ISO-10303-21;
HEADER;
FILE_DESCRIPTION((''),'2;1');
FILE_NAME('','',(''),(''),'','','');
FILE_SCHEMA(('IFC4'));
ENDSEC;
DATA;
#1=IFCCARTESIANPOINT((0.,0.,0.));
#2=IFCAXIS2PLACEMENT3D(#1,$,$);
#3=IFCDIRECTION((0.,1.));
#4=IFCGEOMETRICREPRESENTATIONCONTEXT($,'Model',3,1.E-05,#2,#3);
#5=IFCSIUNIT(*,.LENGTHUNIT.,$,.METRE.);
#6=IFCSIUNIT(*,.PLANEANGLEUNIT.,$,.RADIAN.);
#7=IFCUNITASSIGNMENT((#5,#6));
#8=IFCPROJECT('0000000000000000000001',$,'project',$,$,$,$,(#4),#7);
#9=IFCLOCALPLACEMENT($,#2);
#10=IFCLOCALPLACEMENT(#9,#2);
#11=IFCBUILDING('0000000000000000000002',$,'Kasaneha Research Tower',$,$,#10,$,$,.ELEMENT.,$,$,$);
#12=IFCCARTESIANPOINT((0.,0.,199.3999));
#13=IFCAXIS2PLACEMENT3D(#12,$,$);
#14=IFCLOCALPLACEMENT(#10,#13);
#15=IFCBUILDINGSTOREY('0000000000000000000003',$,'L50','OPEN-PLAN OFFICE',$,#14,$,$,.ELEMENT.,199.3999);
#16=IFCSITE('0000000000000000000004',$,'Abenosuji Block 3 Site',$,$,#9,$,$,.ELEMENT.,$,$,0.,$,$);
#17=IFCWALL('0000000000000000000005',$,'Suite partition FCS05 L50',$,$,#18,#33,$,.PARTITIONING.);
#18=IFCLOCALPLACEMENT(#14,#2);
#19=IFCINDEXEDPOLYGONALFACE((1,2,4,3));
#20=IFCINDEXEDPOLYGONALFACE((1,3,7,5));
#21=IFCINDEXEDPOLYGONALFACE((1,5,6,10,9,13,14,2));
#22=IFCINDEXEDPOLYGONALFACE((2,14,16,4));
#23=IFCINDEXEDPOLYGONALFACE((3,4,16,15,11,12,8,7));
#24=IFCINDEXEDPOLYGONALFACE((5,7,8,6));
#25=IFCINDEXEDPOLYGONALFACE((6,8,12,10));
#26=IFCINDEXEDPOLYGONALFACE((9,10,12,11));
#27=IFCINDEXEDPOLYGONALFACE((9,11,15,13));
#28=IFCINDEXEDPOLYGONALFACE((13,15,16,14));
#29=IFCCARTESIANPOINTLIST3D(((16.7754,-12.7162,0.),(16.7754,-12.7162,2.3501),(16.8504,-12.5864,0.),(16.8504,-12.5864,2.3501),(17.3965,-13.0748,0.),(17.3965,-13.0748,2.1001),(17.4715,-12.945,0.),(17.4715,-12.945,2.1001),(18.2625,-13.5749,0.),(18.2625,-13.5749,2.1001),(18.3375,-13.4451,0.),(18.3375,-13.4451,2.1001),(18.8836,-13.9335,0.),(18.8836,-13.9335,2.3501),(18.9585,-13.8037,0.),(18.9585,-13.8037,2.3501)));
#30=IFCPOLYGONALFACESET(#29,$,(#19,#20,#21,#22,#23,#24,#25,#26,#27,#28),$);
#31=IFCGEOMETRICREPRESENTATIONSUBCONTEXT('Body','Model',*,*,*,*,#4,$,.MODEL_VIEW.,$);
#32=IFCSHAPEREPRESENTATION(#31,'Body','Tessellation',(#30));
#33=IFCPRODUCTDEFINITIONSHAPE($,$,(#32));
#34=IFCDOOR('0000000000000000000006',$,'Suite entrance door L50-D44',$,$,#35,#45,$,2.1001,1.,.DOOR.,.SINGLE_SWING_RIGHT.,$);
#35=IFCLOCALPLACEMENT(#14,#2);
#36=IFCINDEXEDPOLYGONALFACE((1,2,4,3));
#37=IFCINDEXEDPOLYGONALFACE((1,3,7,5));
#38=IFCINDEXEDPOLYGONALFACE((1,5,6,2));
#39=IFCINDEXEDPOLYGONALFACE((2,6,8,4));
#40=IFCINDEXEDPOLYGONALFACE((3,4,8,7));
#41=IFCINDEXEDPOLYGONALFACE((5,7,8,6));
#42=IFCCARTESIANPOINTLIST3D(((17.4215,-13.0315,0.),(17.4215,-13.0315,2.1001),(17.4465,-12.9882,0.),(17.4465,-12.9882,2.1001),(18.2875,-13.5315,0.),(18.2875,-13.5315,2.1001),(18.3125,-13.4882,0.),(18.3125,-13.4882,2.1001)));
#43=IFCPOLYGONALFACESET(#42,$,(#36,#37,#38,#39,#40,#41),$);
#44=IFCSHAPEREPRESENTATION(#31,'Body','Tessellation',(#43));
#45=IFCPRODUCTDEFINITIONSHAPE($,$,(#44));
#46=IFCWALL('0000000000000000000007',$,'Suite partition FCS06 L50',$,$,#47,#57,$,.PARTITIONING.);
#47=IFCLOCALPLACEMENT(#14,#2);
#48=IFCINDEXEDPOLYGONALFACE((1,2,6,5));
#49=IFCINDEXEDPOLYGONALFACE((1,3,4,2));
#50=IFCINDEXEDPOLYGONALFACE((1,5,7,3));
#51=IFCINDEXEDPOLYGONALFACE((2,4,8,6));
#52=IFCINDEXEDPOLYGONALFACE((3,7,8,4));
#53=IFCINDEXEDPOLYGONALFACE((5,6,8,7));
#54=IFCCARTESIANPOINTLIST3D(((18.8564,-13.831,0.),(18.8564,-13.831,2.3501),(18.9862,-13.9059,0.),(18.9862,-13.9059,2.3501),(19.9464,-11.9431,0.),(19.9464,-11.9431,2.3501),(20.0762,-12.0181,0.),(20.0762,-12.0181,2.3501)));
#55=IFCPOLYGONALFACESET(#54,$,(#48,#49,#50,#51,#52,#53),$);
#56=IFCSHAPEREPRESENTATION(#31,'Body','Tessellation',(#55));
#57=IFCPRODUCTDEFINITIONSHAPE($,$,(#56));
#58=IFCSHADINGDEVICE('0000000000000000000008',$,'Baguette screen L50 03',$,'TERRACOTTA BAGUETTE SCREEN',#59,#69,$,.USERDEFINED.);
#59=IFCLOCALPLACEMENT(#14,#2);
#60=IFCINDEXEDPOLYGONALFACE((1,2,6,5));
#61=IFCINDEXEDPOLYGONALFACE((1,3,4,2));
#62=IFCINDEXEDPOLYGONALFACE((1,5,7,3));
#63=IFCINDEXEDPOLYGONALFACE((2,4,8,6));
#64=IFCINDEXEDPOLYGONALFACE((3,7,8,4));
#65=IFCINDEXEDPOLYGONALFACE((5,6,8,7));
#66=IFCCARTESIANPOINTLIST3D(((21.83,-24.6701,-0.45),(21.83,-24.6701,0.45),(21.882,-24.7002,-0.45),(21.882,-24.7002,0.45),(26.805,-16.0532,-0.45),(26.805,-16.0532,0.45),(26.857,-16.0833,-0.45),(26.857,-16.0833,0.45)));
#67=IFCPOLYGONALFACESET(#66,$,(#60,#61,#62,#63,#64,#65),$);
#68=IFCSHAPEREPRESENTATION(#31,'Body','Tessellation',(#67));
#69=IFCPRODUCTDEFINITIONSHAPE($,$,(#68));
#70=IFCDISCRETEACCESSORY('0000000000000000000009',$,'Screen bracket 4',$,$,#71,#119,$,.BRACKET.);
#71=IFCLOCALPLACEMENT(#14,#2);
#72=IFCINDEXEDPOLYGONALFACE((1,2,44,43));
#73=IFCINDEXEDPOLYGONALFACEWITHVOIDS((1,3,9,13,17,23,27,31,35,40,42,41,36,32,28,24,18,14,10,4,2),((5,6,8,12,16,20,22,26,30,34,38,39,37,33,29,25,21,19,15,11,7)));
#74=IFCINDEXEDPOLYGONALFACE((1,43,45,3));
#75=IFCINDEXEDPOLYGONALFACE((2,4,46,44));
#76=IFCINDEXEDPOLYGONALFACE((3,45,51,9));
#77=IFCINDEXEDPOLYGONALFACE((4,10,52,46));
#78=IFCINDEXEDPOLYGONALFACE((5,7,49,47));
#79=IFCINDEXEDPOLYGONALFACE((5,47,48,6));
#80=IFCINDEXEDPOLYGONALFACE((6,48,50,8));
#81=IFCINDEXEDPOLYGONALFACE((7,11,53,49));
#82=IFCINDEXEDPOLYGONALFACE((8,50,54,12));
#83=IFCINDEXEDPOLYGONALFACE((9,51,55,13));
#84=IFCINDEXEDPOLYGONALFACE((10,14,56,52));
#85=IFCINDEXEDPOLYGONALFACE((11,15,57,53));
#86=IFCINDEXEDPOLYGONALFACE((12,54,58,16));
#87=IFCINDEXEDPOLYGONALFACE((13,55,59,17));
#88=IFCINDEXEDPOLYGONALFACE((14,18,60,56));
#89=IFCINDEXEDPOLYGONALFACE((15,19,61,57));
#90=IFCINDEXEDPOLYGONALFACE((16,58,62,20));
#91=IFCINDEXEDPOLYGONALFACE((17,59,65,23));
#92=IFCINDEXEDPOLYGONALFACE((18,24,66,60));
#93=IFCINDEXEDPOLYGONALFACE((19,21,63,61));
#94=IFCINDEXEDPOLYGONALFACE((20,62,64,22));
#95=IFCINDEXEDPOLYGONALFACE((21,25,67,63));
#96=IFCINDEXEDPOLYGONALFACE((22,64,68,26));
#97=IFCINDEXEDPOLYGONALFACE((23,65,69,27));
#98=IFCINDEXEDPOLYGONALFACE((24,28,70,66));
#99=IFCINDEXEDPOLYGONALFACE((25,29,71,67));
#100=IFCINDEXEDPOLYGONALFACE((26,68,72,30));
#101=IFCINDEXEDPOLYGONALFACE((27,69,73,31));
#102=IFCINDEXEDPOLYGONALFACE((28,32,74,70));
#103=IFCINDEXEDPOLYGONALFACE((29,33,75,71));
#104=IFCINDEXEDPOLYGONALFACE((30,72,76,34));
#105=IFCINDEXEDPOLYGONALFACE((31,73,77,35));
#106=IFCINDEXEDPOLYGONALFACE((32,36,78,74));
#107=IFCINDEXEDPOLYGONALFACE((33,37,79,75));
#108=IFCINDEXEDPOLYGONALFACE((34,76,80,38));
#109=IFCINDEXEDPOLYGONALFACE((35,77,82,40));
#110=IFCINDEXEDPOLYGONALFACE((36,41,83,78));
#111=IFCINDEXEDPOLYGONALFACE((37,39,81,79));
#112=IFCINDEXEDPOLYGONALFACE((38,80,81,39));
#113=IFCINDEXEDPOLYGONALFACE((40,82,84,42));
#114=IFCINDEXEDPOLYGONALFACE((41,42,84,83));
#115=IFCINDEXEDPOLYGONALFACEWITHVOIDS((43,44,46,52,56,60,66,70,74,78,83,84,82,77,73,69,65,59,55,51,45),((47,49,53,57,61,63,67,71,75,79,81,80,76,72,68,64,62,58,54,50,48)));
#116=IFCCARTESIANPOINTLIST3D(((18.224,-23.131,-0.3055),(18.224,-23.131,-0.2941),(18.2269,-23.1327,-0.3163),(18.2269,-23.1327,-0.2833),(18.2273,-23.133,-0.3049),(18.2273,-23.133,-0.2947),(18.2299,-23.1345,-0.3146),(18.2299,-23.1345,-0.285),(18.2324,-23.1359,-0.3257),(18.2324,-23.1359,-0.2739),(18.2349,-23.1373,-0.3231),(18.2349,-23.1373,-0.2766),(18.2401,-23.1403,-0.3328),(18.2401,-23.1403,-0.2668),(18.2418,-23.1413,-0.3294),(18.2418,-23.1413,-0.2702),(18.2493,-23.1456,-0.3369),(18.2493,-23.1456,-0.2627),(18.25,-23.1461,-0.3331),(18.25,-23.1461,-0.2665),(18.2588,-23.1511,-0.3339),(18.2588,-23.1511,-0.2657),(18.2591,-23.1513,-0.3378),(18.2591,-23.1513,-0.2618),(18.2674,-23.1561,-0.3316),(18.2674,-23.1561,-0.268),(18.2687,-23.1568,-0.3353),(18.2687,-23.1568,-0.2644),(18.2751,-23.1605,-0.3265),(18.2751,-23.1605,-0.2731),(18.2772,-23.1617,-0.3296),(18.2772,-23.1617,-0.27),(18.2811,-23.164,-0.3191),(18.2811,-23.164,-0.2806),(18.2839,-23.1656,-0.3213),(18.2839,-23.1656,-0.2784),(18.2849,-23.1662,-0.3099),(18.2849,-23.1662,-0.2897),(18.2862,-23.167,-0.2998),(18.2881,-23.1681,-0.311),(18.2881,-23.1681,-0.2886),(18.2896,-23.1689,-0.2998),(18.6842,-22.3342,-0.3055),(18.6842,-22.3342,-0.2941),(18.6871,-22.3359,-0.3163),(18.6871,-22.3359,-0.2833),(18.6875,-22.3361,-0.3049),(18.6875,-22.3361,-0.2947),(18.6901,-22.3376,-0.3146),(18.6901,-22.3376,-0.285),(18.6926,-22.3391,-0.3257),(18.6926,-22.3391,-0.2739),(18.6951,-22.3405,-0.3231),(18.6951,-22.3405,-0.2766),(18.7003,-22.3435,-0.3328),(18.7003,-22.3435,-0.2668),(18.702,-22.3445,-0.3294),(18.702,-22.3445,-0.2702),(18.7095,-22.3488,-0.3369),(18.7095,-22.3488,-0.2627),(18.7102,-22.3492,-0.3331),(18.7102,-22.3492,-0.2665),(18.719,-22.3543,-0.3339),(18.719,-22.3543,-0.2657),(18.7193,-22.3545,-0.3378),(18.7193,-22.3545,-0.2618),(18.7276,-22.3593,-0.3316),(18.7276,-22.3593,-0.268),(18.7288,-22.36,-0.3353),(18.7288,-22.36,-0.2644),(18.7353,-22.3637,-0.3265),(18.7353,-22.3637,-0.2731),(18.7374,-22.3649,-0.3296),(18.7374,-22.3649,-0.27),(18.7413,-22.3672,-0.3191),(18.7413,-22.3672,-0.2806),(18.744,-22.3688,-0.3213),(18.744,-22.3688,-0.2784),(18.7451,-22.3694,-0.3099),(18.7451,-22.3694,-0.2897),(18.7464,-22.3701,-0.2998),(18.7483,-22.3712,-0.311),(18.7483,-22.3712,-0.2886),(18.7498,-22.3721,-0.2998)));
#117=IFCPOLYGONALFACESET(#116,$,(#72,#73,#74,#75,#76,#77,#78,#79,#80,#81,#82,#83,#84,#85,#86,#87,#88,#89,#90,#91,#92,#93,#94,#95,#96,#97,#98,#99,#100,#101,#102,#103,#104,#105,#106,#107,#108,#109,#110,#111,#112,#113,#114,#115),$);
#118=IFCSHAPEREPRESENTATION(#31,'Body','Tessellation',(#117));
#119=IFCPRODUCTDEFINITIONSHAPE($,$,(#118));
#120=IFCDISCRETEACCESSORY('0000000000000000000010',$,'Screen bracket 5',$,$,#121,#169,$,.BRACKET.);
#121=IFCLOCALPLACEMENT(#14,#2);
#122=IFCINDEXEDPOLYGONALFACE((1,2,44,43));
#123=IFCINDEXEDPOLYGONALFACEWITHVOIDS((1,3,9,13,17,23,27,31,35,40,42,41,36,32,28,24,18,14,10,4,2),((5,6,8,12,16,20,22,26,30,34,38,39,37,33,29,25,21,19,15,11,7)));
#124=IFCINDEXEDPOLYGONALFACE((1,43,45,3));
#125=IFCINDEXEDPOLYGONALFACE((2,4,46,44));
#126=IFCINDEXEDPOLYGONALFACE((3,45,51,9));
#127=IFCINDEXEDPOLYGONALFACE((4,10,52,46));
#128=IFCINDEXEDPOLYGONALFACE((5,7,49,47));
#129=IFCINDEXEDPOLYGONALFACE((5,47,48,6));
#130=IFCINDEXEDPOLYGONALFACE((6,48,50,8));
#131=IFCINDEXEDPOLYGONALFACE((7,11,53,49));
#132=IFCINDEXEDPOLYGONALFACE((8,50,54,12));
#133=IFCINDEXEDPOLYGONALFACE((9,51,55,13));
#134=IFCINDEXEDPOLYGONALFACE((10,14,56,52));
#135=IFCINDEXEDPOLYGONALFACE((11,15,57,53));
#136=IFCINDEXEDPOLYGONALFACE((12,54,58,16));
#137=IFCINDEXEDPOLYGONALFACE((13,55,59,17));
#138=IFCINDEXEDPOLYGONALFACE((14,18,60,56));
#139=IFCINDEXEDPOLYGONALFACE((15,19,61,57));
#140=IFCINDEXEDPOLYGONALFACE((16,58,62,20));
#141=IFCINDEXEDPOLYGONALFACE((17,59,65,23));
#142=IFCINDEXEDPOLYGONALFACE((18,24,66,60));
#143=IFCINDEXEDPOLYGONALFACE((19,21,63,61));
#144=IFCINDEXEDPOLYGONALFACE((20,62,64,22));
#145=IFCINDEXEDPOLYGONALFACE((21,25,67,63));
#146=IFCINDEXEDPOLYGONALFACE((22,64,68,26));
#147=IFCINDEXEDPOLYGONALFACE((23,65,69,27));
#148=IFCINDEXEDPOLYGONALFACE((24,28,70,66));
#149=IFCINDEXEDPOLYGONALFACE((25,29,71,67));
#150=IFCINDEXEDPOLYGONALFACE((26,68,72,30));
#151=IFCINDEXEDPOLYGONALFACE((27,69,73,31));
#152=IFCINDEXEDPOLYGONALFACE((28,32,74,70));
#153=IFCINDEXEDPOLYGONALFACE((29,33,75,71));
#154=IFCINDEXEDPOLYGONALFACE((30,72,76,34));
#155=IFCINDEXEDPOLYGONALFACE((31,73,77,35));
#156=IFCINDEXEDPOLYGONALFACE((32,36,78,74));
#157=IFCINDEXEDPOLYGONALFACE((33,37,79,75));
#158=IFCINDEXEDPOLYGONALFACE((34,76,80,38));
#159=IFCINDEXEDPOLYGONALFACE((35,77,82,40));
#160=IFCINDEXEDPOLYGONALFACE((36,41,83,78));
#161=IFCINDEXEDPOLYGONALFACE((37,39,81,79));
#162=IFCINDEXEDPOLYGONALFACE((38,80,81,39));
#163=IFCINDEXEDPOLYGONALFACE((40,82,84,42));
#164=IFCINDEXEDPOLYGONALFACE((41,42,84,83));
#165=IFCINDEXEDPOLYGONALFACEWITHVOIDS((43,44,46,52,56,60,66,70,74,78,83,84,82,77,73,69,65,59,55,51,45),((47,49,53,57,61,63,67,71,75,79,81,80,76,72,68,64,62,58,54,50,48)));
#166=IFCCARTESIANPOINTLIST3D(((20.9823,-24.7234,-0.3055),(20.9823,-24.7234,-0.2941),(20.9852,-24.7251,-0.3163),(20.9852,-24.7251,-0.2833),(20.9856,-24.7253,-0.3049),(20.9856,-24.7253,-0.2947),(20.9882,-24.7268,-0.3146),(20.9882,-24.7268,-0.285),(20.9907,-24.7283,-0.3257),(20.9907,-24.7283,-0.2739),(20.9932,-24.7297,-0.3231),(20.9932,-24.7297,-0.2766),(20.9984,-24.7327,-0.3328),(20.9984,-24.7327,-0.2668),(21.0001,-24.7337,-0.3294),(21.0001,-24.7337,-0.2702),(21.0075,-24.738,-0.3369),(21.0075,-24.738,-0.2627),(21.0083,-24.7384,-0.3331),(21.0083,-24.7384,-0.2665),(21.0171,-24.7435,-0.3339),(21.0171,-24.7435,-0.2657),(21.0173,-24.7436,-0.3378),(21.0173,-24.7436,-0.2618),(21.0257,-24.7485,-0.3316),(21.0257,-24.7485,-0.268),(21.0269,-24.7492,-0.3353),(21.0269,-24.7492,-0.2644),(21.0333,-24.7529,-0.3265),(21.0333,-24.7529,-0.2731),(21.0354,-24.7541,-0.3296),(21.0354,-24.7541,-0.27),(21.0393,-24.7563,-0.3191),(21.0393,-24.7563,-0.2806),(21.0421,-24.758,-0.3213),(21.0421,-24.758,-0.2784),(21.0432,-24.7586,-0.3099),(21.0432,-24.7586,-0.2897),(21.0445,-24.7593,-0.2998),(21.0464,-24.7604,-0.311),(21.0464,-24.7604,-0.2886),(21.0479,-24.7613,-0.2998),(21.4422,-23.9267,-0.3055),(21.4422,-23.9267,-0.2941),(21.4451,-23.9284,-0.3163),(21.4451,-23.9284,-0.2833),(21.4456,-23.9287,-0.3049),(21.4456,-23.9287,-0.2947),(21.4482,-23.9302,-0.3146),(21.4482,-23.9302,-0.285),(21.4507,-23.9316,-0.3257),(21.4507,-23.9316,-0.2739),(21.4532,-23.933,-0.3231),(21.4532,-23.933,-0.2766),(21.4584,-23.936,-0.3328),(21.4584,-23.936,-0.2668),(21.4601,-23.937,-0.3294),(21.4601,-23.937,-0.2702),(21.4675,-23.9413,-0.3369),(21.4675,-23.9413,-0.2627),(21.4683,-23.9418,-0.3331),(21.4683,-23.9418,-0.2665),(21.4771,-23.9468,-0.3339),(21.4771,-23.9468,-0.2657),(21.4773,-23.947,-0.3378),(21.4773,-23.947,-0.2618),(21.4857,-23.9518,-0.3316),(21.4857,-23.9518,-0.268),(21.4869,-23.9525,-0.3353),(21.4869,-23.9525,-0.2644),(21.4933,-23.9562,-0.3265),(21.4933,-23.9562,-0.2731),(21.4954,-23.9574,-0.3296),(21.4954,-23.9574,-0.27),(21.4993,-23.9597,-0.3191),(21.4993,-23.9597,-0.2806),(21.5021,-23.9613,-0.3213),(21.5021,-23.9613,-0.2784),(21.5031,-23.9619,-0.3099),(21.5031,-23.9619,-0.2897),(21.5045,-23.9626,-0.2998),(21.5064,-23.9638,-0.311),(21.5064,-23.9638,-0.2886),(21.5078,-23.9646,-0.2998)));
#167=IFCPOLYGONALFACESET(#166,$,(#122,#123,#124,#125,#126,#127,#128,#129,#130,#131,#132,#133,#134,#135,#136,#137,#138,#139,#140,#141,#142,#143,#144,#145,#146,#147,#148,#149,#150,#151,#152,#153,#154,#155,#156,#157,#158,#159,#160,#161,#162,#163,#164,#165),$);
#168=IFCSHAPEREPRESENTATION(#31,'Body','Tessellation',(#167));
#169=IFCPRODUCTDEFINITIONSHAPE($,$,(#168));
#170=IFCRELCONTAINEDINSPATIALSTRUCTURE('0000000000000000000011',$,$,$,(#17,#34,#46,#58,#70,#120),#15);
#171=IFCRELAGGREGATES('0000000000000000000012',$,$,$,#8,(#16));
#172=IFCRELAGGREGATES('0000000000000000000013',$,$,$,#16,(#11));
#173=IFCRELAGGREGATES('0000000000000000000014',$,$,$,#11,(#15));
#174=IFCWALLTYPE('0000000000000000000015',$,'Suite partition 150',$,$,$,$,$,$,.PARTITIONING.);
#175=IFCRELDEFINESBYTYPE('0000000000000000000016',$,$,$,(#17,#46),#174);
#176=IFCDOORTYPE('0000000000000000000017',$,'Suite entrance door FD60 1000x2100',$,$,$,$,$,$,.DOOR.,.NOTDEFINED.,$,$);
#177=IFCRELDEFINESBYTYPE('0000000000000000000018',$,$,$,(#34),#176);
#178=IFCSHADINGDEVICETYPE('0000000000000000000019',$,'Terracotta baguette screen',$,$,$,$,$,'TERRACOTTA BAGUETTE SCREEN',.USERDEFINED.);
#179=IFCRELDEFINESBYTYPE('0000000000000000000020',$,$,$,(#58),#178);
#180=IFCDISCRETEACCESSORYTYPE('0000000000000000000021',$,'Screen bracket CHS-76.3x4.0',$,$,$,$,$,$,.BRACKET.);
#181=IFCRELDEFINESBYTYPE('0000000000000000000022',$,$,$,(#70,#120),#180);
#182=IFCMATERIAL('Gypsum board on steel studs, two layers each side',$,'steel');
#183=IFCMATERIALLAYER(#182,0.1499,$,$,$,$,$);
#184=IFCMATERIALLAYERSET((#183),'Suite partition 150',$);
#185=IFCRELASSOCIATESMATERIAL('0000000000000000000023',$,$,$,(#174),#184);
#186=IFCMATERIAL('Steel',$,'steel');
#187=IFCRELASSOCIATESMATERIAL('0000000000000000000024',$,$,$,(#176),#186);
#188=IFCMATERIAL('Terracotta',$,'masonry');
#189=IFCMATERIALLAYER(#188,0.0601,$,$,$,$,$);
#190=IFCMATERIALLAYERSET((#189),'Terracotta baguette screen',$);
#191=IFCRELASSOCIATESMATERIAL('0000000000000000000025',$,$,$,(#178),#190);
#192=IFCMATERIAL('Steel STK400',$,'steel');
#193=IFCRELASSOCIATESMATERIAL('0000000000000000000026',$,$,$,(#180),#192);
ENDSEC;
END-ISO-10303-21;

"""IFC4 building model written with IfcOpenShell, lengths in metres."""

from ifc_helpers import new_model, si_unit, direction, frame, frame_2d, origin, origin_2d, place, context, subcontext, project, spatial, rectangle, hollow_circle, extrude, material, layer, layer_set, material_profile, profile_set, type_object, element, fill, save


model = new_model("IFC4")

# Units and contexts
model_context = context("Model", 3, precision=1e-05, world=origin(), true_north=direction((0.0, 1.0)))
body_context = subcontext(model_context, "Body", "Model", "MODEL_VIEW")
ifc_project = project(units=[si_unit("LENGTHUNIT", "METRE"), si_unit("PLANEANGLEUNIT", "RADIAN")], contexts=[model_context])

# Site, building, storey
site_placement = place(None, origin())
site = spatial("IfcSite", under=ifc_project, at=site_placement, Name="Abenosuji Block 3 Site", CompositionType="ELEMENT", RefElevation=0.0)
building_placement = place(site_placement, origin())
building = spatial("IfcBuilding", under=site, at=building_placement, Name="Kasaneha Research Tower", CompositionType="ELEMENT")
storey_placement = place(building_placement, frame((0.0, 0.0, 199.3999)))
storey = spatial("IfcBuildingStorey", under=building, at=storey_placement, Name="L50", Description="OPEN-PLAN OFFICE", CompositionType="ELEMENT", Elevation=199.3999)

# Wall, opening, door
ifc_material_1 = material(Name="Gypsum board on steel studs, two layers each side", Category="steel")
ifc_layer_1 = layer(ifc_material_1, 0.1499)
ifc_layer_set_1 = layer_set([ifc_layer_1], Name="Suite partition 150")
wall_type_1 = type_object("IfcWallType", Name="Suite partition 150", PredefinedType="PARTITIONING", material=ifc_layer_set_1)
wall_1_placement = place(storey_placement, frame((18.9211, -13.8687, 0.0), z_axis=(0.0, 0.0, 1.0), x_axis=(-0.866, 0.500044, 0.0)))
wall_1 = element("IfcWall", 1, at=wall_1_placement, inside=storey, type_object=wall_type_1, Name="Suite partition FCS05 L50", PredefinedType="PARTITIONING", context=body_context, shape_type="SweptSolid", body=[
    extrude(rectangle(XDim=2.4343, YDim=0.1499, at=frame_2d((1.2173, 0.0))), origin(), (0.0, 0.0, 1.0), 2.3501),
])
opening_1_placement = place(wall_1_placement, frame((0.7173, 0.0, 0.0)))
opening_1 = element("IfcOpeningElement", 2, at=opening_1_placement, cuts=wall_1, PredefinedType="OPENING", context=body_context, shape_type="SweptSolid", body=[
    extrude(rectangle(XDim=1.0, YDim=2.1001, at=frame_2d((0.5, 1.05))), frame((0.0, 0.085, 0.0), z_axis=(0.0, -1.0, 0.0), x_axis=(1.0, 0.0, 0.0)), (0.0, 0.0, 1.0), 0.1699),
])
ifc_material_2 = material(Name="Steel", Category="steel")
door_type_1 = type_object("IfcDoorType", Name="Suite entrance door FD60 1000x2100", OperationType="NOTDEFINED", PredefinedType="DOOR", material=ifc_material_2)
door_1_placement = place(opening_1_placement, origin())
door_1 = element("IfcDoor", 3, at=door_1_placement, inside=storey, type_object=door_type_1, Name="Suite entrance door L50-D44", OperationType="SINGLE_SWING_RIGHT", OverallHeight=2.1001, OverallWidth=1.0, PredefinedType="DOOR", context=body_context, shape_type="SweptSolid", body=[
    extrude(rectangle(XDim=1.0, YDim=2.1001, at=frame_2d((0.5, 1.05))), frame((0.0, 0.0249, 0.0), z_axis=(0.0, -1.0, 0.0), x_axis=(1.0, 0.0, 0.0)), (0.0, 0.0, 1.0), 0.05),
])
fill(opening_1, door_1)

# Wall
wall_2_placement = place(storey_placement, frame((20.0112, -11.9807, 0.0), z_axis=(0.0, 0.0, 1.0), x_axis=(-0.500029, -0.866008, 0.0)))
element("IfcWall", 4, at=wall_2_placement, inside=storey, type_object=wall_type_1, Name="Suite partition FCS06 L50", PredefinedType="PARTITIONING", context=body_context, shape_type="SweptSolid", body=[
    extrude(rectangle(XDim=2.1799, YDim=0.1499, at=frame_2d((1.0898, 0.0))), origin(), (0.0, 0.0, 1.0), 2.3501),
])

# Shading device
ifc_material_3 = material(Name="Terracotta", Category="masonry")
ifc_layer_2 = layer(ifc_material_3, 0.0601)
ifc_layer_set_2 = layer_set([ifc_layer_2], Name="Terracotta baguette screen")
shading_device_type = type_object("IfcShadingDeviceType", Name="Terracotta baguette screen", ElementType="TERRACOTTA BAGUETTE SCREEN", PredefinedType="USERDEFINED", material=ifc_layer_set_2)
shading_device_placement = place(storey_placement, frame((24.3435, -20.3767, -0.45), z_axis=(0.0, 0.0, 1.0), x_axis=(0.5, 0.866025, 0.0)))
element("IfcShadingDevice", 5, at=shading_device_placement, inside=storey, type_object=shading_device_type, Name="Baguette screen L50 03", ObjectType="TERRACOTTA BAGUETTE SCREEN", PredefinedType="USERDEFINED", context=body_context, shape_type="SweptSolid", body=[
    extrude(rectangle(XDim=9.95, YDim=0.0601, at=origin_2d()), origin(), (0.0, 0.0, 1.0), 0.8999),
])

# Discrete accessories
ifc_material_4 = material(Name="Steel STK400", Category="steel")
ifc_material_profile_1 = material_profile(ifc_material_4, hollow_circle(Radius=0.0381, WallThickness=0.0039, at=origin_2d()), Name="CHS-76.3x4.0")
ifc_profile_set_1 = profile_set([ifc_material_profile_1], Name="Steel STK400")
discrete_accessory_type = type_object("IfcDiscreteAccessoryType", Name="Screen bracket CHS-76.3x4.0", PredefinedType="BRACKET", material=ifc_profile_set_1)
discrete_accessory_1_placement = place(storey_placement, frame((18.7168, -22.353, -0.2998), z_axis=(-0.500105, -0.865965, 0.0), x_axis=(0.865965, -0.500105, 0.0)))
element("IfcDiscreteAccessory", 6, at=discrete_accessory_1_placement, inside=storey, type_object=discrete_accessory_type, Name="Screen bracket 4", PredefinedType="BRACKET", context=body_context, shape_type="SweptSolid", body=[
    extrude(hollow_circle(Radius=0.0381, WallThickness=0.0039, at=origin_2d()), origin(), (0.0, 0.0, 1.0), 0.9202),
])
discrete_accessory_2_placement = place(storey_placement, frame((21.4749, -23.9456, -0.2998), z_axis=(-0.500021, -0.866013, 0.0), x_axis=(0.866013, -0.500021, 0.0)))
element("IfcDiscreteAccessory", 7, at=discrete_accessory_2_placement, inside=storey, type_object=discrete_accessory_type, Name="Screen bracket 5", PredefinedType="BRACKET", context=body_context, shape_type="SweptSolid", body=[
    extrude(hollow_circle(Radius=0.0381, WallThickness=0.0039, at=origin_2d()), origin(), (0.0, 0.0, 1.0), 0.9199),
])

save(model, "model.ifc")
